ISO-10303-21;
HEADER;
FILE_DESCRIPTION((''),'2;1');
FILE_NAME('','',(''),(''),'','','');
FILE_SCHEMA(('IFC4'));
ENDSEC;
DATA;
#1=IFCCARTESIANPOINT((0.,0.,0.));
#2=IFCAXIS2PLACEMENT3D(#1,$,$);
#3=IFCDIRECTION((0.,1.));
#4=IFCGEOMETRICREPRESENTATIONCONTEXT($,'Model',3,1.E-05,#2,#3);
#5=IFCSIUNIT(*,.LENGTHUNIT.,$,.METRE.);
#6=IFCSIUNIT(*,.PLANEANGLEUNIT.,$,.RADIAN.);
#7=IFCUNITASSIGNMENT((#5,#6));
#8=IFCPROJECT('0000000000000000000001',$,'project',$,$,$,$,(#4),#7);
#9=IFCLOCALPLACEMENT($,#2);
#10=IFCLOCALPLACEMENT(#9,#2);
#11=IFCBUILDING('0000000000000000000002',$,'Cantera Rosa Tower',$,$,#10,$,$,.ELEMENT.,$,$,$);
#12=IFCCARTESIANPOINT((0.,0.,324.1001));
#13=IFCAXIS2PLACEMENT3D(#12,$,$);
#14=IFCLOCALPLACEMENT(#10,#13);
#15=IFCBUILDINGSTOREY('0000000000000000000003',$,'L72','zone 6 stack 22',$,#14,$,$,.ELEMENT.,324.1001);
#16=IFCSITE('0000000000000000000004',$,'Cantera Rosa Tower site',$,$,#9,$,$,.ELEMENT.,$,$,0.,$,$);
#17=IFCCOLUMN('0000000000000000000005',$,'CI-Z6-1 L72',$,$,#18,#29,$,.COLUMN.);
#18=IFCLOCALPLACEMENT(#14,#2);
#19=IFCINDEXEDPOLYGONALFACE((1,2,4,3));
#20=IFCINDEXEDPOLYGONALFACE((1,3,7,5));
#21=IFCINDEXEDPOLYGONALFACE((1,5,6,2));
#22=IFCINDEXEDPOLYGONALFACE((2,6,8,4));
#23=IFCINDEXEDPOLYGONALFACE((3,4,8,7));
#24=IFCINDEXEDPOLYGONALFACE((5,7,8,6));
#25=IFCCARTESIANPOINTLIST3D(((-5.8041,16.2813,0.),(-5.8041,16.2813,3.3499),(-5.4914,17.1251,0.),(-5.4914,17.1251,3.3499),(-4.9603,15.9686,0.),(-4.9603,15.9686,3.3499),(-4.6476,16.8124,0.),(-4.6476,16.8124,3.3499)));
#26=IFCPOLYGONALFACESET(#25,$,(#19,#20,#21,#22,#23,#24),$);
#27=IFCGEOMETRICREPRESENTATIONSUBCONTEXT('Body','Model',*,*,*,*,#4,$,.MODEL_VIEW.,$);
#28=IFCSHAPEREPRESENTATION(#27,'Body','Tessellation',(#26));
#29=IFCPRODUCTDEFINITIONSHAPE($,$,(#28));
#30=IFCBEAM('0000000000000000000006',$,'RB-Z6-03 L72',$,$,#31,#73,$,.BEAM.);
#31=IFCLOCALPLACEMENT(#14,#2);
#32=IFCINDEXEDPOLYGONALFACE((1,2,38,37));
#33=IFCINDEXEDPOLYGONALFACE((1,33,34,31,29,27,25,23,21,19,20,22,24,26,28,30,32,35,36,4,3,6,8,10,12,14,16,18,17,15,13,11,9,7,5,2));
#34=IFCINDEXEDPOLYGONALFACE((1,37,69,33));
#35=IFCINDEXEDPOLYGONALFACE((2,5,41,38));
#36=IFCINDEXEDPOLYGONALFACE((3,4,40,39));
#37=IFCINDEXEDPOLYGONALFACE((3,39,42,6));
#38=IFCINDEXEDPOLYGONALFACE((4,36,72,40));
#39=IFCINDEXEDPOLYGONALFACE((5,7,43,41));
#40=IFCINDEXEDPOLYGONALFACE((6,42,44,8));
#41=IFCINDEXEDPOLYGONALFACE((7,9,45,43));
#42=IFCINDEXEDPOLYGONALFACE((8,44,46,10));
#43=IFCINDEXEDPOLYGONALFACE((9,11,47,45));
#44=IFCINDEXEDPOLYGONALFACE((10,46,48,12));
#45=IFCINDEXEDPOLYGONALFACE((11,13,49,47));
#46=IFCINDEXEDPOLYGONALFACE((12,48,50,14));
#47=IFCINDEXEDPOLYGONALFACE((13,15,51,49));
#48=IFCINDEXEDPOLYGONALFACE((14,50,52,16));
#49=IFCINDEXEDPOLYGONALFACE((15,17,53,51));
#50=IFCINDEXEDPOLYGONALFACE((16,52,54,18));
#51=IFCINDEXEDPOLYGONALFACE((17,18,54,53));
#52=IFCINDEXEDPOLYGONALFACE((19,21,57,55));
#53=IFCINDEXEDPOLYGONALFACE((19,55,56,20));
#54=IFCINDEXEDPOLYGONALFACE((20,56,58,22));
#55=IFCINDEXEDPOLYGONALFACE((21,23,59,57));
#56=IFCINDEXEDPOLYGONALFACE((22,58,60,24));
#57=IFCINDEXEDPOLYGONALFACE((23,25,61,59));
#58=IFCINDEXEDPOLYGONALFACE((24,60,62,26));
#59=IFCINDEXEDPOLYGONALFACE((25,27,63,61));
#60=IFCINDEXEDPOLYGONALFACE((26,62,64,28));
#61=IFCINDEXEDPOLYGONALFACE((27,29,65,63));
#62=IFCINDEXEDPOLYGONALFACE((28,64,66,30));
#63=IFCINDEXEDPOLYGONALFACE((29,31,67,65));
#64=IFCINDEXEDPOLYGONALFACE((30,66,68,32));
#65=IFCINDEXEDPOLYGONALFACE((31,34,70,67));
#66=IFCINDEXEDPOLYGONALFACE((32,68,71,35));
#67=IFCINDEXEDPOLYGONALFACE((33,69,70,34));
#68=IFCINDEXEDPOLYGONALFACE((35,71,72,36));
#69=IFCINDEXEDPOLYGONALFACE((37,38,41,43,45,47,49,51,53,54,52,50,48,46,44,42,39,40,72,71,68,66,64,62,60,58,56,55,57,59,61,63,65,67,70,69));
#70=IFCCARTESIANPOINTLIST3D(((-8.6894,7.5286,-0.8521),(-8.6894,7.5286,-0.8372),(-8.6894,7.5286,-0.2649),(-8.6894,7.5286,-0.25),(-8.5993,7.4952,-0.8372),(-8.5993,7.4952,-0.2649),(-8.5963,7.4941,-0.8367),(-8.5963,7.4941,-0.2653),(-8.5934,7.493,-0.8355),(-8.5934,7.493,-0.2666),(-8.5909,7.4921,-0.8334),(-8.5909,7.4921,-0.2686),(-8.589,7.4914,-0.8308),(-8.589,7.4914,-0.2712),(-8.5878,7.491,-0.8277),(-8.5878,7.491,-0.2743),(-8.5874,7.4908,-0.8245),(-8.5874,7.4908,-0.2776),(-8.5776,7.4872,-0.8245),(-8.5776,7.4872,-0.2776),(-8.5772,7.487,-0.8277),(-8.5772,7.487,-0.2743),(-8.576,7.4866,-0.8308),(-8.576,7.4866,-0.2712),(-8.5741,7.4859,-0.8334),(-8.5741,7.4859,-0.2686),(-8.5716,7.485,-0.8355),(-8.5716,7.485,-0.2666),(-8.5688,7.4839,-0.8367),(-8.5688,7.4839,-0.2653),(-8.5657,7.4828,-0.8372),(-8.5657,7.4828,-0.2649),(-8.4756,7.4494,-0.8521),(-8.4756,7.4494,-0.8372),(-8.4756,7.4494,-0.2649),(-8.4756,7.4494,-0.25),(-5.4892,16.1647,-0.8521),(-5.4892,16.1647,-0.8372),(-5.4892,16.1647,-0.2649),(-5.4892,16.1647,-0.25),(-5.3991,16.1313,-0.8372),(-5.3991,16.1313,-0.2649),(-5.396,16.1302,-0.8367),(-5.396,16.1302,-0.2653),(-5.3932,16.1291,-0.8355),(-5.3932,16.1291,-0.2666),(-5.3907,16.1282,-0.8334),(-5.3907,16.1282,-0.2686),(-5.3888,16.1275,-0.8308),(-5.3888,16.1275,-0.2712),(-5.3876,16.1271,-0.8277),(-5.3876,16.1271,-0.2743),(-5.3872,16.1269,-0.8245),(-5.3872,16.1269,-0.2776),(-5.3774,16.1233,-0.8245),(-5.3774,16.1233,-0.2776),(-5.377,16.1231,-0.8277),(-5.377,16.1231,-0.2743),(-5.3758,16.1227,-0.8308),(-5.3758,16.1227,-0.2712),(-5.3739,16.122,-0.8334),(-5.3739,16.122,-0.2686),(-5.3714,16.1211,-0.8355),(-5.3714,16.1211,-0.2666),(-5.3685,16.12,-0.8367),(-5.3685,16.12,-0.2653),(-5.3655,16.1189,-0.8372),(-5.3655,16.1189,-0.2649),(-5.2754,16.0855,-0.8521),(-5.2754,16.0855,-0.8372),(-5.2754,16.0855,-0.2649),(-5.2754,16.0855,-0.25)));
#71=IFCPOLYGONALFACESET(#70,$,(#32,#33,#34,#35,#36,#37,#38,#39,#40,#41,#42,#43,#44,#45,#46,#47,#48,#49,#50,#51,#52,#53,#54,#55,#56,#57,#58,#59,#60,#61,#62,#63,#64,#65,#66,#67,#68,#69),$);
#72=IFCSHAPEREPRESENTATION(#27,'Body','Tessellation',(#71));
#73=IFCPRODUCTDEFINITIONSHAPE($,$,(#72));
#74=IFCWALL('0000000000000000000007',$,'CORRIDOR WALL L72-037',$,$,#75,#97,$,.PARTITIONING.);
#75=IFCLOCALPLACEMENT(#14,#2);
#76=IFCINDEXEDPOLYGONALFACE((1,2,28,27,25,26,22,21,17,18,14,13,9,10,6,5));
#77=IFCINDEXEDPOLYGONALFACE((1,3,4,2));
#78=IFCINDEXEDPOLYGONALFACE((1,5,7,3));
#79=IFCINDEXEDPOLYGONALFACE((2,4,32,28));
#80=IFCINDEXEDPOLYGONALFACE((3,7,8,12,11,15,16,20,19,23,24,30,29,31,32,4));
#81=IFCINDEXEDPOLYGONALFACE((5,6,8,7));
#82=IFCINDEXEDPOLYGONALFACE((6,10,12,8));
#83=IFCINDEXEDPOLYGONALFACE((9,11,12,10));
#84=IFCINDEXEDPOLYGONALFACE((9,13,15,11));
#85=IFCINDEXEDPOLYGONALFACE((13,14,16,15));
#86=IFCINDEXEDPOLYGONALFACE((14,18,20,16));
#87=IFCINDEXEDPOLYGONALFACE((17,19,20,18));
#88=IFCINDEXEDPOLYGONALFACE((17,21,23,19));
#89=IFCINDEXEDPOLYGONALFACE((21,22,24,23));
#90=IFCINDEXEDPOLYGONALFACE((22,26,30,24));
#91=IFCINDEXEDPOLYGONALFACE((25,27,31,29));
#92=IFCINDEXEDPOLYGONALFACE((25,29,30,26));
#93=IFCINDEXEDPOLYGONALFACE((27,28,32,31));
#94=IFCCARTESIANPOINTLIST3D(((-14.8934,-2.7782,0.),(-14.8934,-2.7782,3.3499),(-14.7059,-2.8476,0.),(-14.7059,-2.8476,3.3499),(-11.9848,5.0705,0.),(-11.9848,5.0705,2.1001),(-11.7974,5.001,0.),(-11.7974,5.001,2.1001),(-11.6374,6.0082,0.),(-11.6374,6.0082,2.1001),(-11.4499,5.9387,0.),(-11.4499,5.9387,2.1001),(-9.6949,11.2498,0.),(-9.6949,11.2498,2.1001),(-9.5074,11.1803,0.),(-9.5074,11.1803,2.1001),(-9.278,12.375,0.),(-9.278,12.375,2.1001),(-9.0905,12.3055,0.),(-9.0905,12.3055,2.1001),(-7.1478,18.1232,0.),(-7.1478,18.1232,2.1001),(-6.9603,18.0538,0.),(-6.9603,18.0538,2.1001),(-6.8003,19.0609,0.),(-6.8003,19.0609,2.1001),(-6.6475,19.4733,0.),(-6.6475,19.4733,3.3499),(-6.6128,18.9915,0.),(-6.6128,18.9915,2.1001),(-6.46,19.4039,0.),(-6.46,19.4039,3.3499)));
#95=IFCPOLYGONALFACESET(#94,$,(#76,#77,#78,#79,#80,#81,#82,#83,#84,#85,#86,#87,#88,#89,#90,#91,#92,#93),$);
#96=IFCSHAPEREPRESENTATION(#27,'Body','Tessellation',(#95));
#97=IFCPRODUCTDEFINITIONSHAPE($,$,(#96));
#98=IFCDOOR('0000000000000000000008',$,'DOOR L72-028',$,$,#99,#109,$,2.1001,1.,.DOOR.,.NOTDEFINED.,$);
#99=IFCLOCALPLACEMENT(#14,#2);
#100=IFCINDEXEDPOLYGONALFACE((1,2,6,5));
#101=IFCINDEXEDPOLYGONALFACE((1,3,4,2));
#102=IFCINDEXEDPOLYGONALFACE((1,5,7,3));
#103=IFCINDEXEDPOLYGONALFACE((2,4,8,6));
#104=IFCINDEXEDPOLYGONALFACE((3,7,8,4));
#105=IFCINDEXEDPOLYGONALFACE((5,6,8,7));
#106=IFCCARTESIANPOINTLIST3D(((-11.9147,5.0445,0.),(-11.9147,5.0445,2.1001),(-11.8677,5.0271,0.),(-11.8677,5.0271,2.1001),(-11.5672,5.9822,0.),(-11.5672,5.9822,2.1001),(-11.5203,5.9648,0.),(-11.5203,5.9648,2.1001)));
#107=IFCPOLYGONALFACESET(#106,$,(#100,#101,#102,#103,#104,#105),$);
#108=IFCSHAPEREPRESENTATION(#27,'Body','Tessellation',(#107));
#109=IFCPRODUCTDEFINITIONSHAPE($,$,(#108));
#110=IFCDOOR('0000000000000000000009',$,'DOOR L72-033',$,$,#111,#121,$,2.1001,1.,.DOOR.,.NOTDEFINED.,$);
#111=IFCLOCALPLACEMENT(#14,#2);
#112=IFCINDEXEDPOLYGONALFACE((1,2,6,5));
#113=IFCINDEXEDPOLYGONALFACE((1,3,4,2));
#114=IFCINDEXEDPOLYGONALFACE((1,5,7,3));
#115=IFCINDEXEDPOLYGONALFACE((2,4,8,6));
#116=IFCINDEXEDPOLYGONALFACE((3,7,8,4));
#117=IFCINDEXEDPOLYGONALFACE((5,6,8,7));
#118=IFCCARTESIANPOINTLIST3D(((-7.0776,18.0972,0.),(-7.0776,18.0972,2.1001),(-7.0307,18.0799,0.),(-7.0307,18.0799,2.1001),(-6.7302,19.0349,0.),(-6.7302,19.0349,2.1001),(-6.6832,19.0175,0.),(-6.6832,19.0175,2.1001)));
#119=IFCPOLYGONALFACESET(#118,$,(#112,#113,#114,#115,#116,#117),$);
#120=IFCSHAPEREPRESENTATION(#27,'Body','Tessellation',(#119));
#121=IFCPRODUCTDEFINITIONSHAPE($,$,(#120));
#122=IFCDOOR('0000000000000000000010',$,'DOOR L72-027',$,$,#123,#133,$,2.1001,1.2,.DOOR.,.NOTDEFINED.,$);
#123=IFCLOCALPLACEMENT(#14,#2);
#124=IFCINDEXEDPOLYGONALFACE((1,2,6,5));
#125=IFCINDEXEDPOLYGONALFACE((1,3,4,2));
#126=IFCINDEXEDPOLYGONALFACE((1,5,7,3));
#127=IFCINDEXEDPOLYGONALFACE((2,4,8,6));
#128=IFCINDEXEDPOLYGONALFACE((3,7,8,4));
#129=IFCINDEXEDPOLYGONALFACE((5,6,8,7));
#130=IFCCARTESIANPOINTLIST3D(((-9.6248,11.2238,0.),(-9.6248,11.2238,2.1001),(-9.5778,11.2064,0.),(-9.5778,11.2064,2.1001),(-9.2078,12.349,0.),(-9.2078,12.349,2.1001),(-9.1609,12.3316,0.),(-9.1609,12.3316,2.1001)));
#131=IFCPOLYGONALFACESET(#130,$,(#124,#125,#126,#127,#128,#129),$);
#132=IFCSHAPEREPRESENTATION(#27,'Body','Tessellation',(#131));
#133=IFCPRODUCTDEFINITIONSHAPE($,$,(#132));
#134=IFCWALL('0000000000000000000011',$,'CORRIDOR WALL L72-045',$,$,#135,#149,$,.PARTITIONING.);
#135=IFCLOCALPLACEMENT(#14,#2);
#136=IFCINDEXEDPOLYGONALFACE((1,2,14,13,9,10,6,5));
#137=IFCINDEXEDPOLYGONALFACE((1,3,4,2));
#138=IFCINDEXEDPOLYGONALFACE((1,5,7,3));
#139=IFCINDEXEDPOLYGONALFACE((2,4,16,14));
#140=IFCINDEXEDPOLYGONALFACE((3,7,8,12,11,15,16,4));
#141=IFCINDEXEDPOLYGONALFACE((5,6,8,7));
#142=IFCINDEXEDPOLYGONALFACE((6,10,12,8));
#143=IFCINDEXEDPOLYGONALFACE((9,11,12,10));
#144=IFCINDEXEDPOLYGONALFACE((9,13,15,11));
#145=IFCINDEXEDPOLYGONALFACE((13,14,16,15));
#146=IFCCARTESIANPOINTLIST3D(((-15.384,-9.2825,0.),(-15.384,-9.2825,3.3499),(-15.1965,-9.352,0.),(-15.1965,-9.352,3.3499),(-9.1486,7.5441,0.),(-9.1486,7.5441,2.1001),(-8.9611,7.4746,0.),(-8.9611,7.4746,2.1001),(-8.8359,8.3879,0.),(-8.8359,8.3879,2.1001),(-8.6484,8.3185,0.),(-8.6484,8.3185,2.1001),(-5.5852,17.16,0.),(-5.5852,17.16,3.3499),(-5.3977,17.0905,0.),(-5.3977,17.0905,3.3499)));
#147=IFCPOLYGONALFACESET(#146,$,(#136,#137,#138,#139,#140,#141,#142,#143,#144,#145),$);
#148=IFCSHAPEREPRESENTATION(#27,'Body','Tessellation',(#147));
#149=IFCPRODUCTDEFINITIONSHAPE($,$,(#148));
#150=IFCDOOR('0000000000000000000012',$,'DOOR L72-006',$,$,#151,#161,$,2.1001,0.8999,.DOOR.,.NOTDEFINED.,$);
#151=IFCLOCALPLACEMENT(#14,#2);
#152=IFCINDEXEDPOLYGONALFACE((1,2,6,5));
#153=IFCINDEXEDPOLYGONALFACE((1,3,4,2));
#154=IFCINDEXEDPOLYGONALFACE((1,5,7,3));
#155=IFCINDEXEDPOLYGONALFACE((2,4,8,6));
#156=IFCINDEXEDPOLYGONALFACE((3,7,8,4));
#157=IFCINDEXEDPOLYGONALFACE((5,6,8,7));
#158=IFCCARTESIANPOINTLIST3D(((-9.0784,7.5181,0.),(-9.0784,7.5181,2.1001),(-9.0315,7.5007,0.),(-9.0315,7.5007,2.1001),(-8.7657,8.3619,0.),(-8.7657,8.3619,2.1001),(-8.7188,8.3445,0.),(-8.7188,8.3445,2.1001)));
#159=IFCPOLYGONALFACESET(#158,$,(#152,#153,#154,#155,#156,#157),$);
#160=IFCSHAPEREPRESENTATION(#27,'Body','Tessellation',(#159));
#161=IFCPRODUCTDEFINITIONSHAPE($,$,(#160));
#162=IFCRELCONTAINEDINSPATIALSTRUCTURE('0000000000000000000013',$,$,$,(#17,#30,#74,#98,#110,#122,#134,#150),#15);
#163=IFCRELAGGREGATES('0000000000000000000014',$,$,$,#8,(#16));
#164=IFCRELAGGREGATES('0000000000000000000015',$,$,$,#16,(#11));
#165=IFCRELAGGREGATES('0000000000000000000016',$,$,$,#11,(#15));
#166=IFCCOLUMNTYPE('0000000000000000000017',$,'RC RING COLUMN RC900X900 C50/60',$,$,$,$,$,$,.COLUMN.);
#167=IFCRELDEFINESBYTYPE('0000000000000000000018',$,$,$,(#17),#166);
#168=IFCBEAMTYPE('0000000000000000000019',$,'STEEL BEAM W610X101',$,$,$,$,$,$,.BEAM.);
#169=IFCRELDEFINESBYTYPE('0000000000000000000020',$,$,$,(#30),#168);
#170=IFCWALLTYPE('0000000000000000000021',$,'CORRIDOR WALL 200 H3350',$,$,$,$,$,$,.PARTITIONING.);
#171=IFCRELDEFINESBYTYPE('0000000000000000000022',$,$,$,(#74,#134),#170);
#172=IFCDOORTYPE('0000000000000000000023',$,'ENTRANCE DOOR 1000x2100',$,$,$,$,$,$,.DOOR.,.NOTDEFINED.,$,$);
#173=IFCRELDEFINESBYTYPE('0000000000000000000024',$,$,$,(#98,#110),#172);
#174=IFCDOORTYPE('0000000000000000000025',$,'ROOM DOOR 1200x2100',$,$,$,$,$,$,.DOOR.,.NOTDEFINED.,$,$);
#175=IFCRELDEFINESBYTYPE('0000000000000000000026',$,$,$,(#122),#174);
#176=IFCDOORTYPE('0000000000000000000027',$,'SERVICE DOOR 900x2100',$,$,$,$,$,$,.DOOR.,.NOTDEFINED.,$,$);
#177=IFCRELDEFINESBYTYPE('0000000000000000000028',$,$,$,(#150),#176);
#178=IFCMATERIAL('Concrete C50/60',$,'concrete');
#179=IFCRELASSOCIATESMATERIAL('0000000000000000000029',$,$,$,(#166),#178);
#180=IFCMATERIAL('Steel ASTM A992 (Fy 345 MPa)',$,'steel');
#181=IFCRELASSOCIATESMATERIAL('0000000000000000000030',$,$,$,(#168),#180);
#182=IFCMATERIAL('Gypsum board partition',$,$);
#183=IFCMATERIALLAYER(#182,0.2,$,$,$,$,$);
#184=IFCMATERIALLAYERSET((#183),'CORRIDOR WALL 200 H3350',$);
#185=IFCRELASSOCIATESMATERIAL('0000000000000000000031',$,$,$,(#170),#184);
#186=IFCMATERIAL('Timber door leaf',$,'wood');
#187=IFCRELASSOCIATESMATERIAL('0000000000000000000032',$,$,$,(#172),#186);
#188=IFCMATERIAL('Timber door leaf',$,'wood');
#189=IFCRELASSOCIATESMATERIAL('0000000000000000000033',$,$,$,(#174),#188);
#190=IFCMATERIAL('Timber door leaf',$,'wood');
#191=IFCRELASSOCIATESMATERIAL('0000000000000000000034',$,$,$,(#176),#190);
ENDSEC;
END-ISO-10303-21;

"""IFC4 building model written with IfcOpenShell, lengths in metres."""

from ifc_helpers import new_model, si_unit, direction, frame, frame_2d, origin, origin_2d, place, context, subcontext, project, spatial, rectangle, i_section, extrude, material, layer, layer_set, material_profile, profile_set, type_object, element, fill, save


model = new_model("IFC4")

# Units and contexts
model_context = context("Model", 3, precision=1e-05, world=origin(), true_north=direction((0.0, 1.0)))
body_context = subcontext(model_context, "Body", "Model", "MODEL_VIEW")
ifc_project = project(units=[si_unit("LENGTHUNIT", "METRE"), si_unit("PLANEANGLEUNIT", "RADIAN")], contexts=[model_context])

# Site, building, storey
site_placement = place(None, origin())
site = spatial("IfcSite", under=ifc_project, at=site_placement, Name="Cantera Rosa Tower site", CompositionType="ELEMENT", RefElevation=0.0)
building_placement = place(site_placement, origin())
building = spatial("IfcBuilding", under=site, at=building_placement, Name="Cantera Rosa Tower", CompositionType="ELEMENT")
storey_placement = place(building_placement, frame((0.0, 0.0, 324.1001)))
storey = spatial("IfcBuildingStorey", under=building, at=storey_placement, Name="L72", Description="zone 6 stack 22", CompositionType="ELEMENT", Elevation=324.1001)

# Column
ifc_material_1 = material(Name="Concrete C50/60", Category="concrete")
ifc_material_profile_1 = material_profile(ifc_material_1, rectangle(XDim=0.8999, YDim=0.8999, at=origin_2d()), Name="RC RING COLUMN RC900X900 C50/60")
ifc_profile_set_1 = profile_set([ifc_material_profile_1], Name="Concrete C50/60")
column_type = type_object("IfcColumnType", Name="RC RING COLUMN RC900X900 C50/60", PredefinedType="COLUMN", material=ifc_profile_set_1)
column_placement = place(storey_placement, frame((-5.2258, 16.5469, 0.0), z_axis=(0.0, 0.0, 1.0), x_axis=(0.347481, 0.937687, 0.0)))
element("IfcColumn", 1, at=column_placement, inside=storey, type_object=column_type, Name="CI-Z6-1 L72", PredefinedType="COLUMN", context=body_context, shape_type="SweptSolid", body=[
    extrude(rectangle(XDim=0.8999, YDim=0.8999, at=origin_2d()), origin(), (0.0, 0.0, 1.0), 3.3499),
])

# Beam
ifc_material_2 = material(Name="Steel ASTM A992 (Fy 345 MPa)", Category="steel")
ifc_material_profile_2 = material_profile(ifc_material_2, i_section(OverallWidth=0.228, OverallDepth=0.6021, WebThickness=0.0105, FlangeThickness=0.0149, FilletRadius=0.0127, at=origin_2d()), Name="W610X101")
ifc_profile_set_2 = profile_set([ifc_material_profile_2], Name="Steel ASTM A992 (Fy 345 MPa)")
beam_type = type_object("IfcBeamType", Name="STEEL BEAM W610X101", PredefinedType="BEAM", material=ifc_profile_set_2)
beam_placement = place(storey_placement, frame((-8.5825, 7.489, -0.551), z_axis=(0.347475, 0.937689, 0.0), x_axis=(-0.937689, 0.347475, 0.0)))
element("IfcBeam", 2, at=beam_placement, inside=storey, type_object=beam_type, Name="RB-Z6-03 L72", PredefinedType="BEAM", context=body_context, shape_type="SweptSolid", body=[
    extrude(i_section(OverallWidth=0.228, OverallDepth=0.6021, WebThickness=0.0105, FlangeThickness=0.0149, FilletRadius=0.0127, at=origin_2d()), origin(), (0.0, 0.0, 1.0), 9.21),
])

# Wall, openings, doors
ifc_material_3 = material(Name="Gypsum board partition")
ifc_layer_1 = layer(ifc_material_3, 0.2)
ifc_layer_set_1 = layer_set([ifc_layer_1], Name="CORRIDOR WALL 200 H3350")
wall_type_1 = type_object("IfcWallType", Name="CORRIDOR WALL 200 H3350", PredefinedType="PARTITIONING", material=ifc_layer_set_1)
wall_1_placement = place(storey_placement, frame((-6.5537, 19.4387, 0.0), z_axis=(0.0, 0.0, 1.0), x_axis=(-0.347484, -0.937686, 0.0)))
wall_1 = element("IfcWall", 3, at=wall_1_placement, inside=storey, type_object=wall_type_1, Name="CORRIDOR WALL L72-037", PredefinedType="PARTITIONING", context=body_context, shape_type="SweptSolid", body=[
    extrude(rectangle(XDim=23.7302, YDim=0.2, at=frame_2d((11.8652, 0.0))), origin(), (0.0, 0.0, 1.0), 3.3499),
])
opening_1_placement = place(wall_1_placement, frame((7.5701, 0.0, 0.0)))
opening_1 = element("IfcOpeningElement", 4, at=opening_1_placement, cuts=wall_1, PredefinedType="OPENING", context=body_context, shape_type="SweptSolid", body=[
    extrude(rectangle(XDim=1.2, YDim=2.1001, at=frame_2d((0.6001, 1.05))), frame((0.0, 0.1099, 0.0), z_axis=(0.0, -1.0, 0.0), x_axis=(1.0, 0.0, 0.0)), (0.0, 0.0, 1.0), 0.22),
])
opening_2_placement = place(wall_1_placement, frame((14.3601, 0.0, 0.0)))
opening_2 = element("IfcOpeningElement", 5, at=opening_2_placement, cuts=wall_1, PredefinedType="OPENING", context=body_context, shape_type="SweptSolid", body=[
    extrude(rectangle(XDim=1.0, YDim=2.1001, at=frame_2d((0.5, 1.05))), frame((0.0, 0.1099, 0.0), z_axis=(0.0, -1.0, 0.0), x_axis=(1.0, 0.0, 0.0)), (0.0, 0.0, 1.0), 0.22),
])
opening_3_placement = place(wall_1_placement, frame((0.4399, 0.0, 0.0)))
opening_3 = element("IfcOpeningElement", 6, at=opening_3_placement, cuts=wall_1, PredefinedType="OPENING", context=body_context, shape_type="SweptSolid", body=[
    extrude(rectangle(XDim=1.0, YDim=2.1001, at=frame_2d((0.5, 1.05))), frame((0.0, 0.1099, 0.0), z_axis=(0.0, -1.0, 0.0), x_axis=(1.0, 0.0, 0.0)), (0.0, 0.0, 1.0), 0.22),
])
ifc_material_4 = material(Name="Timber door leaf", Category="wood")
door_type_1 = type_object("IfcDoorType", Name="ENTRANCE DOOR 1000x2100", OperationType="NOTDEFINED", PredefinedType="DOOR", material=ifc_material_4)
door_1_placement = place(opening_2_placement, origin())
door_1 = element("IfcDoor", 7, at=door_1_placement, inside=storey, type_object=door_type_1, Name="DOOR L72-028", OperationType="NOTDEFINED", OverallHeight=2.1001, OverallWidth=1.0, PredefinedType="DOOR", context=body_context, shape_type="SweptSolid", body=[
    extrude(rectangle(XDim=1.0, YDim=2.1001, at=frame_2d((0.5, 1.05))), frame((0.0, 0.0249, 0.0), z_axis=(0.0, -1.0, 0.0), x_axis=(1.0, 0.0, 0.0)), (0.0, 0.0, 1.0), 0.05),
])
fill(opening_2, door_1)
door_2_placement = place(opening_3_placement, origin())
door_2 = element("IfcDoor", 8, at=door_2_placement, inside=storey, type_object=door_type_1, Name="DOOR L72-033", OperationType="NOTDEFINED", OverallHeight=2.1001, OverallWidth=1.0, PredefinedType="DOOR", context=body_context, shape_type="SweptSolid", body=[
    extrude(rectangle(XDim=1.0, YDim=2.1001, at=frame_2d((0.5, 1.05))), frame((0.0, 0.0249, 0.0), z_axis=(0.0, -1.0, 0.0), x_axis=(1.0, 0.0, 0.0)), (0.0, 0.0, 1.0), 0.05),
])
fill(opening_3, door_2)
ifc_material_5 = material(Name="Timber door leaf", Category="wood")
door_type_2 = type_object("IfcDoorType", Name="ROOM DOOR 1200x2100", OperationType="NOTDEFINED", PredefinedType="DOOR", material=ifc_material_5)
door_3_placement = place(opening_1_placement, origin())
door_3 = element("IfcDoor", 9, at=door_3_placement, inside=storey, type_object=door_type_2, Name="DOOR L72-027", OperationType="NOTDEFINED", OverallHeight=2.1001, OverallWidth=1.2, PredefinedType="DOOR", context=body_context, shape_type="SweptSolid", body=[
    extrude(rectangle(XDim=1.2, YDim=2.1001, at=frame_2d((0.6001, 1.05))), frame((0.0, 0.0249, 0.0), z_axis=(0.0, -1.0, 0.0), x_axis=(1.0, 0.0, 0.0)), (0.0, 0.0, 1.0), 0.05),
])
fill(opening_1, door_3)

# Wall, opening, door
wall_2_placement = place(storey_placement, frame((-5.4915, 17.1252, 0.0), z_axis=(0.0, 0.0, 1.0), x_axis=(-0.347478, -0.937688, 0.0)))
wall_2 = element("IfcWall", 10, at=wall_2_placement, inside=storey, type_object=wall_type_1, Name="CORRIDOR WALL L72-045", PredefinedType="PARTITIONING", context=body_context, shape_type="SweptSolid", body=[
    extrude(rectangle(XDim=28.1997, YDim=0.2, at=frame_2d((14.0999, 0.0))), origin(), (0.0, 0.0, 1.0), 3.3499),
])
opening_4_placement = place(wall_2_placement, frame((9.355, 0.0, 0.0)))
opening_4 = element("IfcOpeningElement", 11, at=opening_4_placement, cuts=wall_2, PredefinedType="OPENING", context=body_context, shape_type="SweptSolid", body=[
    extrude(rectangle(XDim=0.8999, YDim=2.1001, at=frame_2d((0.45, 1.05))), frame((0.0, 0.1099, 0.0), z_axis=(0.0, -1.0, 0.0), x_axis=(1.0, 0.0, 0.0)), (0.0, 0.0, 1.0), 0.22),
])
ifc_material_6 = material(Name="Timber door leaf", Category="wood")
door_type_3 = type_object("IfcDoorType", Name="SERVICE DOOR 900x2100", OperationType="NOTDEFINED", PredefinedType="DOOR", material=ifc_material_6)
door_4_placement = place(opening_4_placement, origin())
door_4 = element("IfcDoor", 12, at=door_4_placement, inside=storey, type_object=door_type_3, Name="DOOR L72-006", OperationType="NOTDEFINED", OverallHeight=2.1001, OverallWidth=0.8999, PredefinedType="DOOR", context=body_context, shape_type="SweptSolid", body=[
    extrude(rectangle(XDim=0.8999, YDim=2.1001, at=frame_2d((0.45, 1.05))), frame((0.0, 0.0249, 0.0), z_axis=(0.0, -1.0, 0.0), x_axis=(1.0, 0.0, 0.0)), (0.0, 0.0, 1.0), 0.05),
])
fill(opening_4, door_4)

save(model, "model.ifc")
